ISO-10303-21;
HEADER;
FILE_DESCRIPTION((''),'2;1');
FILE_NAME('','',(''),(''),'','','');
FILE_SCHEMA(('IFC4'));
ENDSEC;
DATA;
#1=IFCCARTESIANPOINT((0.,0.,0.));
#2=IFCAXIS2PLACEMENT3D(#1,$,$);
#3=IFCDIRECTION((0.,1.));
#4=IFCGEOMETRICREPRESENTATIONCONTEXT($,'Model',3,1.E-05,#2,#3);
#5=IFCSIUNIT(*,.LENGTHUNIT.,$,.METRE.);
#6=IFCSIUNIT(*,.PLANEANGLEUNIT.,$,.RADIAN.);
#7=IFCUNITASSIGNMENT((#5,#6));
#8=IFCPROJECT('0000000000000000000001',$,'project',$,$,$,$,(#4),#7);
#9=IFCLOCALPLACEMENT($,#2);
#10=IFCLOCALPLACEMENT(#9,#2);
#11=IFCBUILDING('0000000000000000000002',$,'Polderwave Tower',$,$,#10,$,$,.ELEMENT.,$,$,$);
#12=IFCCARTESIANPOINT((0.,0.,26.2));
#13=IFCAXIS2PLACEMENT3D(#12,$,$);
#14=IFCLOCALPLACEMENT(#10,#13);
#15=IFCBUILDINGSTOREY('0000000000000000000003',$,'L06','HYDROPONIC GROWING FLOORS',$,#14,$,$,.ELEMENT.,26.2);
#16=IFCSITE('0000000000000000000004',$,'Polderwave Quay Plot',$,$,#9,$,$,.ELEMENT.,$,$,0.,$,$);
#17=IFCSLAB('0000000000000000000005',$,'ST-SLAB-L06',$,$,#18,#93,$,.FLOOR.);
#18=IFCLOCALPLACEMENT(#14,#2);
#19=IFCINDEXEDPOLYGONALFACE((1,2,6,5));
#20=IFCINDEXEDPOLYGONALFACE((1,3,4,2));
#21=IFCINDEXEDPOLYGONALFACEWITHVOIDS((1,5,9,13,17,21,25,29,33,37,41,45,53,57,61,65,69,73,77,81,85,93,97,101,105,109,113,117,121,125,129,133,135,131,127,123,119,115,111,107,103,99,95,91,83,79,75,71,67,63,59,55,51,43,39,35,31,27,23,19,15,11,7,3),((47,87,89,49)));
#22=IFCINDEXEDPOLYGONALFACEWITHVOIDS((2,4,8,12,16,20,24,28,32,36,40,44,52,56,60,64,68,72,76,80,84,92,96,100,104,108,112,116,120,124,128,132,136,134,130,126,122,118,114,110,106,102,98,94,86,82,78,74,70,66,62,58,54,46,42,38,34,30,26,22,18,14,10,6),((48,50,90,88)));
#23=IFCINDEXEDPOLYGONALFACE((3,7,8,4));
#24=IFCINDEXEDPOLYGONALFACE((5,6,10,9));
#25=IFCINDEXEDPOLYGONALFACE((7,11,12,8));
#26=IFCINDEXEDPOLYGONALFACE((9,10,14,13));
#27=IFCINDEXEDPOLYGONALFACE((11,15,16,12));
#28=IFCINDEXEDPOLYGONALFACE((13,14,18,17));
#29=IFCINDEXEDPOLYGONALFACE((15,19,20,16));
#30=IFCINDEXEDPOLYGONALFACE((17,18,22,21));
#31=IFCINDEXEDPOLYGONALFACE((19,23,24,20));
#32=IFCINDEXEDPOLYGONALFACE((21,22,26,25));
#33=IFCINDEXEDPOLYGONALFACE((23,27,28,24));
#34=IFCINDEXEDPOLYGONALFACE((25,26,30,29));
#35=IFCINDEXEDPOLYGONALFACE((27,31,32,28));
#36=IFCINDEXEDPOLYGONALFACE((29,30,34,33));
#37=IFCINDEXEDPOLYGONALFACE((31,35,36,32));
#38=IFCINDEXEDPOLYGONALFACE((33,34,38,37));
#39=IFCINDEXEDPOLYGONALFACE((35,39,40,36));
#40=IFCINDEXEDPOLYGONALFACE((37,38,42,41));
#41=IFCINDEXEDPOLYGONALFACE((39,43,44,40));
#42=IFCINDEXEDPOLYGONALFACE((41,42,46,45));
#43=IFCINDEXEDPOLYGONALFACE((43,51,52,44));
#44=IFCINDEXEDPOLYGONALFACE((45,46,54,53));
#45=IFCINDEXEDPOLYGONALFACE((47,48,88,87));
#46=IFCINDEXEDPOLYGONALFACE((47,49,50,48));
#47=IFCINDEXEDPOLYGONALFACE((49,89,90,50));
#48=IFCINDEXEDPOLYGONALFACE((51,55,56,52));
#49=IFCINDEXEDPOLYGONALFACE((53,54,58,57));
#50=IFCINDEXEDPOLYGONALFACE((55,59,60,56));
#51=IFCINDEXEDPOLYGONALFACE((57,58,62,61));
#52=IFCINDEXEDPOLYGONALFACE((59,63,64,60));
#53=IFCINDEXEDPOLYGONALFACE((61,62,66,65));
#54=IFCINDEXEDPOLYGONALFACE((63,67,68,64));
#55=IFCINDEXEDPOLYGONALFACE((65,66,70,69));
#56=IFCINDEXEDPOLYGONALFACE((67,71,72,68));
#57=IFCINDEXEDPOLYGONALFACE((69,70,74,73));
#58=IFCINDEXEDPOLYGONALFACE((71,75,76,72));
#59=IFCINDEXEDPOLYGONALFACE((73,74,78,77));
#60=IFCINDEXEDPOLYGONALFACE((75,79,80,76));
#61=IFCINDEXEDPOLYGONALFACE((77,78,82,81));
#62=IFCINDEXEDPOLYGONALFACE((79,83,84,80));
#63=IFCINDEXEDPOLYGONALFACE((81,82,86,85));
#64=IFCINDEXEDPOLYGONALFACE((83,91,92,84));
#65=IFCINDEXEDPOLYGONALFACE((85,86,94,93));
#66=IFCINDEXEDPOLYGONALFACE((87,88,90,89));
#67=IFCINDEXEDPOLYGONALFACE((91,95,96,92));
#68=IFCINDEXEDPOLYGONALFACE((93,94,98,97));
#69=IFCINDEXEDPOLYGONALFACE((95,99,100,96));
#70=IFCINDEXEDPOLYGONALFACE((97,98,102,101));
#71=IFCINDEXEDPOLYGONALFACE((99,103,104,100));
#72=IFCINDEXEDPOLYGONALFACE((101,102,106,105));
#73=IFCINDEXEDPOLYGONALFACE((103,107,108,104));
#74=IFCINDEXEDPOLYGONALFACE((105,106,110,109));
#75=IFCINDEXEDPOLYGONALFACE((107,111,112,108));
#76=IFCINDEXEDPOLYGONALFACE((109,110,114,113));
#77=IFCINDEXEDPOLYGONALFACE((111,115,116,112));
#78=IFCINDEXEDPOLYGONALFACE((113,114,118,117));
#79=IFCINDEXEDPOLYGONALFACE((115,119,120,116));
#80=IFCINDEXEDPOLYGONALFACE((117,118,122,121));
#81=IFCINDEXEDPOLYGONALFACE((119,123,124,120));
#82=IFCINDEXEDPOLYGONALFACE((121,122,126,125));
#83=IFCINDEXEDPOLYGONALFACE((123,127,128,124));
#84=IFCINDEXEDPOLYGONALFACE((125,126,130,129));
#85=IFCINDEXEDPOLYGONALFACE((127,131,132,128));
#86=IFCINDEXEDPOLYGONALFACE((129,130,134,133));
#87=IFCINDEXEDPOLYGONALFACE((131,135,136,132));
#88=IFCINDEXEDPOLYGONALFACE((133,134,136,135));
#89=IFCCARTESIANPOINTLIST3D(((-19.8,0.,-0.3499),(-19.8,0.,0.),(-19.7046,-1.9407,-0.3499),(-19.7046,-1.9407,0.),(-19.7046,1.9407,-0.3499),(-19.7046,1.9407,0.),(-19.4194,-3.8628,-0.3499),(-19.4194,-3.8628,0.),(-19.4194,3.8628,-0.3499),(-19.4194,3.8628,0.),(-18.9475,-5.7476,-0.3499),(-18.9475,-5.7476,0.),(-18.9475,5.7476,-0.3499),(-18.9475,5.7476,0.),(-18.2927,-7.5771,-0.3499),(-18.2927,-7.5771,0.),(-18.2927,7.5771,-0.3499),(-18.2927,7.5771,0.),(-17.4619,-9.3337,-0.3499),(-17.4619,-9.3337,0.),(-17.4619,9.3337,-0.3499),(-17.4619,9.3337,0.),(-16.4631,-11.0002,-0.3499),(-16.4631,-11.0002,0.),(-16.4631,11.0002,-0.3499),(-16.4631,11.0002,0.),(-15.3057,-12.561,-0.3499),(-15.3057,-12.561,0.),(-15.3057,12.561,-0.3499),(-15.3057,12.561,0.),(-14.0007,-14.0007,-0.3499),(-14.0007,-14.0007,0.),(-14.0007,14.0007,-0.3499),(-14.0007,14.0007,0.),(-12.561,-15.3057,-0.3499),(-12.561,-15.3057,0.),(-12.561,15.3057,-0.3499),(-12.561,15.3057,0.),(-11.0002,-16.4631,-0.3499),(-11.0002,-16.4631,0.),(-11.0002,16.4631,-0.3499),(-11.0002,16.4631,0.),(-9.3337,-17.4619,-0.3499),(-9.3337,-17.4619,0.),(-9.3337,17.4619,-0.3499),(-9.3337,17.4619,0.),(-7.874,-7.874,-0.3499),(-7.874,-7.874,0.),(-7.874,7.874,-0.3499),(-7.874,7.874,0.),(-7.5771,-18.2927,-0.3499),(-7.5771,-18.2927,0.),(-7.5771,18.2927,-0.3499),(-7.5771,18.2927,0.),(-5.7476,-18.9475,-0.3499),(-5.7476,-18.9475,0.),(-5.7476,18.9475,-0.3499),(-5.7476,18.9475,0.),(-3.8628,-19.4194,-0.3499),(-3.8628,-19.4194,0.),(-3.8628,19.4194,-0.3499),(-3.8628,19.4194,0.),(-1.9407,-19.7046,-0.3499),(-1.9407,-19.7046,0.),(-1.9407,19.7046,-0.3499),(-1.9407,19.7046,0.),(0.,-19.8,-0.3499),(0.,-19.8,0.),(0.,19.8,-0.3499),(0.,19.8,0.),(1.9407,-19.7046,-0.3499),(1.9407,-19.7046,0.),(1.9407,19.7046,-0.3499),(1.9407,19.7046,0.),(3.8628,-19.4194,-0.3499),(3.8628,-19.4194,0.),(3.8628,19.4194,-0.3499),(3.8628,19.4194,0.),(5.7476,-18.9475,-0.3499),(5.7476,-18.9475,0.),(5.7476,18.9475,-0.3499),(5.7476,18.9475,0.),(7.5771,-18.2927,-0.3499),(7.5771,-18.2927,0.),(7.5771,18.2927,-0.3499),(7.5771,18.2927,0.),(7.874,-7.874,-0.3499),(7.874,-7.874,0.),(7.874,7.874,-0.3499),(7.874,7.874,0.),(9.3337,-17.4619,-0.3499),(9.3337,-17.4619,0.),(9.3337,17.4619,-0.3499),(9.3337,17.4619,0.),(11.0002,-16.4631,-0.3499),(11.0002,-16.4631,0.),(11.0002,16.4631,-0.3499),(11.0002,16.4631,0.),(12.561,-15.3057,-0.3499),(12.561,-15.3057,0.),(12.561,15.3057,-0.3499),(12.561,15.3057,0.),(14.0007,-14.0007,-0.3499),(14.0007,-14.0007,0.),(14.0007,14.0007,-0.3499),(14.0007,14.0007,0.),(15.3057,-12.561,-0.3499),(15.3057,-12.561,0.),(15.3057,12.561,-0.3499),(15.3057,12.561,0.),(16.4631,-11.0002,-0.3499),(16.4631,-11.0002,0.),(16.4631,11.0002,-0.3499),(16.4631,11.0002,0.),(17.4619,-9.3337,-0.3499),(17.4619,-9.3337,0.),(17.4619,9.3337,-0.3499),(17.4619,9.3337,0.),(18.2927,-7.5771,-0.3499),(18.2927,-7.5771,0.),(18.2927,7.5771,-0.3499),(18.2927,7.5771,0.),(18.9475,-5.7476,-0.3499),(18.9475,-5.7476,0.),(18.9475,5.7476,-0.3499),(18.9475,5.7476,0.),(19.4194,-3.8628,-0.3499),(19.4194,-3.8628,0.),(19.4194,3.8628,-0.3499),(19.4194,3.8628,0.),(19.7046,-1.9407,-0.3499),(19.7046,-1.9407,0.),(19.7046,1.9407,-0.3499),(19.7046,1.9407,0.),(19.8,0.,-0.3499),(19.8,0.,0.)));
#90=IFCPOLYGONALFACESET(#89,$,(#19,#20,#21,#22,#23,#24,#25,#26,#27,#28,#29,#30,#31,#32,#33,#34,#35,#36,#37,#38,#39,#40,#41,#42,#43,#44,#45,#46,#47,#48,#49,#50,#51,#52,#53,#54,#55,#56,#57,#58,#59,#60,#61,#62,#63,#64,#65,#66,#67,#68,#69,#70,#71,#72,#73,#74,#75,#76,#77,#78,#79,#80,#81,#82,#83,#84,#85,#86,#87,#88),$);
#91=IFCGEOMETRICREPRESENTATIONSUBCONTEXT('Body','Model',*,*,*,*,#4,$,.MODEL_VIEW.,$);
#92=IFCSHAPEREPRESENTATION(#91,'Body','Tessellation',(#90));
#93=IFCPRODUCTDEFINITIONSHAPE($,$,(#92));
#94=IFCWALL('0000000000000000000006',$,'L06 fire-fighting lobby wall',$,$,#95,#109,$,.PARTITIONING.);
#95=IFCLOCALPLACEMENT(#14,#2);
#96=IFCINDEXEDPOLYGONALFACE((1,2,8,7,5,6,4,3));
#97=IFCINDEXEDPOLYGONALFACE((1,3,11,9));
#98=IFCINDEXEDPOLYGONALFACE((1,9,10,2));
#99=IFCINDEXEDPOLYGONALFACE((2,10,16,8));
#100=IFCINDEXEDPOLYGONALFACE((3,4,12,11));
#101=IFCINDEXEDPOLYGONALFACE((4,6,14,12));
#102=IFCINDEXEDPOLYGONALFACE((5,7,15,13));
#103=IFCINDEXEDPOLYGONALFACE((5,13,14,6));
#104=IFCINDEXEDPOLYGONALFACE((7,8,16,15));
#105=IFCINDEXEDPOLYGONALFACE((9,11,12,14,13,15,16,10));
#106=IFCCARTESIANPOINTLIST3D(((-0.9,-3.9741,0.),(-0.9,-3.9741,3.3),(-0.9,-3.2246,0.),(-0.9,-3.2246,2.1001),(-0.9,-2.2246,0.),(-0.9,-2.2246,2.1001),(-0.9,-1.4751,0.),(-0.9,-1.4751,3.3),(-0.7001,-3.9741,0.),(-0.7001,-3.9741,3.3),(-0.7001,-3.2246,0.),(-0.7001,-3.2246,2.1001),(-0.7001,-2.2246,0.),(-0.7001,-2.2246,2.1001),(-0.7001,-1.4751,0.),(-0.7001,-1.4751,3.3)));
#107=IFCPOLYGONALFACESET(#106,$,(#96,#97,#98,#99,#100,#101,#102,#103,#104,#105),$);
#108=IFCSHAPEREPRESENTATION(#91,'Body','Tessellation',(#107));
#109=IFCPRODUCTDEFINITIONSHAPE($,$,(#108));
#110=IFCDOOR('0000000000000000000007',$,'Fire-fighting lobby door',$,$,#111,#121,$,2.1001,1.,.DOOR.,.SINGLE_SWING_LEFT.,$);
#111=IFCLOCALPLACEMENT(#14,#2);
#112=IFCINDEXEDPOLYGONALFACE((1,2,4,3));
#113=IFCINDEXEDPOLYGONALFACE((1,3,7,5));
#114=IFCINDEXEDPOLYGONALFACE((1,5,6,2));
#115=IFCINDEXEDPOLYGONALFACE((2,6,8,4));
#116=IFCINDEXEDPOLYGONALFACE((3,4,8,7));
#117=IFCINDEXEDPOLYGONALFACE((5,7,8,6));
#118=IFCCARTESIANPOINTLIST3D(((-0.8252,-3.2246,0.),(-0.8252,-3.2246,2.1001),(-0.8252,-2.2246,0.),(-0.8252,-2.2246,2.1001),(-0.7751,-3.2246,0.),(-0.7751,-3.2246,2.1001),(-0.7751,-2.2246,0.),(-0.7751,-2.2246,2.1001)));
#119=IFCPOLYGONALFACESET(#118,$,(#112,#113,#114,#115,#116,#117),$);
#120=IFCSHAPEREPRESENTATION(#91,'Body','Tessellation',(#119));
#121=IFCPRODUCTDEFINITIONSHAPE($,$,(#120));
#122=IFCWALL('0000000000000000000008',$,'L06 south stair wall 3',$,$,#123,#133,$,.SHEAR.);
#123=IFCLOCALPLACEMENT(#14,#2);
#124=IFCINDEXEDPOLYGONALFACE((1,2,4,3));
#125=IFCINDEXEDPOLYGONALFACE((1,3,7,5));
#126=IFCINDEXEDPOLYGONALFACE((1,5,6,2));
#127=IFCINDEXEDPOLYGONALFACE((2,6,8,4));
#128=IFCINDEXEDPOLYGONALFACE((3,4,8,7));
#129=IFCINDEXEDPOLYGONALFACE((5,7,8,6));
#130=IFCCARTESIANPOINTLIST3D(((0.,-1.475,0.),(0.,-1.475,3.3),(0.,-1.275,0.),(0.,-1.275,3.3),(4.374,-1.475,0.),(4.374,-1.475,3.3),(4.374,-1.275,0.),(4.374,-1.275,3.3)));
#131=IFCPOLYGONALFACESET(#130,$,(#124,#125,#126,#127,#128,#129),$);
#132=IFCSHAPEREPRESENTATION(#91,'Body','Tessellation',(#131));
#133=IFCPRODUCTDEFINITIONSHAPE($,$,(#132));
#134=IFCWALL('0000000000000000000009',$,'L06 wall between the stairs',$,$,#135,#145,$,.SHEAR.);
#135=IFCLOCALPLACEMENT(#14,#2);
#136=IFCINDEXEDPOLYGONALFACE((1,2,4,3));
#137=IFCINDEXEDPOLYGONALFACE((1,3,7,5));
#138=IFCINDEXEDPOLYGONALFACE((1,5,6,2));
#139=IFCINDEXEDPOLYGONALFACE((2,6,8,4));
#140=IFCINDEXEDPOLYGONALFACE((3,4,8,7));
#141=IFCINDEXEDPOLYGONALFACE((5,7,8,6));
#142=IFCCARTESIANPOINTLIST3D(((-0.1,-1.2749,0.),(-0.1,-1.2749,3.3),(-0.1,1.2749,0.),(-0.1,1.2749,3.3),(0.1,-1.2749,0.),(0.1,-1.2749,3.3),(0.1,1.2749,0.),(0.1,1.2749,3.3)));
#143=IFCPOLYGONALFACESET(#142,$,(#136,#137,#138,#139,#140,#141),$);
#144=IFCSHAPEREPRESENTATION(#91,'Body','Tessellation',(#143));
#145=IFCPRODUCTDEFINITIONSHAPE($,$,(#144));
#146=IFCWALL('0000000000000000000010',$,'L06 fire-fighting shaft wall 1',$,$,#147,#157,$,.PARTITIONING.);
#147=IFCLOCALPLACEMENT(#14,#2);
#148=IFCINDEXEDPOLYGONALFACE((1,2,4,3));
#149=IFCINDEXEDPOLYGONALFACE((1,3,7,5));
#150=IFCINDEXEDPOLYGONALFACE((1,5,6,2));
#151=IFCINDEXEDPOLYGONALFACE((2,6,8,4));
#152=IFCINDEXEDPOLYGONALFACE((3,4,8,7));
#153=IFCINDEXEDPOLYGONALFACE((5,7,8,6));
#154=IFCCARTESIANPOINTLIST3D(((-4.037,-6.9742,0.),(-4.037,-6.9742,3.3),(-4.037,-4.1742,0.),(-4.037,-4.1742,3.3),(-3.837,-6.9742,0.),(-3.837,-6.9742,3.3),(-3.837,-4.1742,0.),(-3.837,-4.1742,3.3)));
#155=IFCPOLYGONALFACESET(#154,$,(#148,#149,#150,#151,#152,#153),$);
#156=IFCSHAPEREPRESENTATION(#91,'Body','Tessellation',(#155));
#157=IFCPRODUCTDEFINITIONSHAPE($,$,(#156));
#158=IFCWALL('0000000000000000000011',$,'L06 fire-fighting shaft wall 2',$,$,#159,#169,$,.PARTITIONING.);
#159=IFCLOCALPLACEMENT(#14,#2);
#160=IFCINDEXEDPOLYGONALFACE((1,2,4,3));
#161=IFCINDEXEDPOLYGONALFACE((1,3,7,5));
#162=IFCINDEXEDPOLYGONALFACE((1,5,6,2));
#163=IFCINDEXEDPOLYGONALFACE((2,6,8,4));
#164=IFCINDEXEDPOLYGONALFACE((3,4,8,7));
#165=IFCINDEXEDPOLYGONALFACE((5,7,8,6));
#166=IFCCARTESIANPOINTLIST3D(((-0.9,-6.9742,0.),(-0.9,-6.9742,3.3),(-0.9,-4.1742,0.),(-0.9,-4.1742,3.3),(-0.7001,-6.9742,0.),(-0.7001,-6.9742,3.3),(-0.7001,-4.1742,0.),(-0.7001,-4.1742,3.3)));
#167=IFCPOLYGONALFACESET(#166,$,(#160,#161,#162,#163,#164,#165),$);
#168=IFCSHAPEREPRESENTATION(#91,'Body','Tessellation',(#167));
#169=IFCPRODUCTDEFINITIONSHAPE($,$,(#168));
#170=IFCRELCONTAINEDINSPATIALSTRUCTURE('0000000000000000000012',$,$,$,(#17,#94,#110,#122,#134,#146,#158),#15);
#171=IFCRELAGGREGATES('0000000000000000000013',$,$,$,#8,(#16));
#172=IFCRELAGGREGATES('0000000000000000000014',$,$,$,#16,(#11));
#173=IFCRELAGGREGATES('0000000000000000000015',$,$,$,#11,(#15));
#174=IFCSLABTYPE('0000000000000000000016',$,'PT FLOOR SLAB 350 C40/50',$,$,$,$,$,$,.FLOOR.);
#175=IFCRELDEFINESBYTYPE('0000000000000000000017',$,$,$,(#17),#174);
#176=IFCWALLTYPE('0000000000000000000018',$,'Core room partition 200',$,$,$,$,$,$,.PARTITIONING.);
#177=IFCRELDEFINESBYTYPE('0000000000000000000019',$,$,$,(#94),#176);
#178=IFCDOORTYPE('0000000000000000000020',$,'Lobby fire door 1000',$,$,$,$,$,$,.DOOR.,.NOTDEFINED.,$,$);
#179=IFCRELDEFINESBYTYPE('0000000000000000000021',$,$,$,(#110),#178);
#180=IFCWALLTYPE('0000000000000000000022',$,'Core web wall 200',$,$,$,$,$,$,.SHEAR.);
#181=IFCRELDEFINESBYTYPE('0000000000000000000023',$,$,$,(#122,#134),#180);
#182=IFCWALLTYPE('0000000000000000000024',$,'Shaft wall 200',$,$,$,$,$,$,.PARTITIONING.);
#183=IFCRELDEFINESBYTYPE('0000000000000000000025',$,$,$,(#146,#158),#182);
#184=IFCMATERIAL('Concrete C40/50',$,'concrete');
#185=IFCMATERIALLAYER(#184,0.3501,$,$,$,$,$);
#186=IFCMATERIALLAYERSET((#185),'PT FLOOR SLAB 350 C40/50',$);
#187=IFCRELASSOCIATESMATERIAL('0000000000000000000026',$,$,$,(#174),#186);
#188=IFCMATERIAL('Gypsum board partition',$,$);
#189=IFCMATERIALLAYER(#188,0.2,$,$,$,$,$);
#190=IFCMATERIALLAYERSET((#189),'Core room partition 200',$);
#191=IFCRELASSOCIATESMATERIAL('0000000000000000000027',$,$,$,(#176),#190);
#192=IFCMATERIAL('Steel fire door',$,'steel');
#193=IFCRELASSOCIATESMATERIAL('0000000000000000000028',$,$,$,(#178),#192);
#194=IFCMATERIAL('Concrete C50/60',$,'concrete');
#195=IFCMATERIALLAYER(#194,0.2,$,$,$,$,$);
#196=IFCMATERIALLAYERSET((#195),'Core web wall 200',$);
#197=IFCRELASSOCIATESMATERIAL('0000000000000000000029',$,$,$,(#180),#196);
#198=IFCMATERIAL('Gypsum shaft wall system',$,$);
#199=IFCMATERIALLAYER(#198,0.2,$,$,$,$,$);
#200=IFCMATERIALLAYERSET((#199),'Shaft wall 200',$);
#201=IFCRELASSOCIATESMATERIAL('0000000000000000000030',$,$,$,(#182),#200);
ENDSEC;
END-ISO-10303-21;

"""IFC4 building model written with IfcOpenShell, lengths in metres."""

from ifc_helpers import new_model, si_unit, direction, frame, frame_2d, origin, place, context, subcontext, project, spatial, polyline, rectangle, outline, extrude, material, layer, layer_set, type_object, element, fill, save


model = new_model("IFC4")

# Units and contexts
model_context = context("Model", 3, precision=1e-05, world=origin(), true_north=direction((0.0, 1.0)))
body_context = subcontext(model_context, "Body", "Model", "MODEL_VIEW")
ifc_project = project(units=[si_unit("LENGTHUNIT", "METRE"), si_unit("PLANEANGLEUNIT", "RADIAN")], contexts=[model_context])

# Site, building, storey
site_placement = place(None, origin())
site = spatial("IfcSite", under=ifc_project, at=site_placement, Name="Polderwave Quay Plot", CompositionType="ELEMENT", RefElevation=0.0)
building_placement = place(site_placement, origin())
building = spatial("IfcBuilding", under=site, at=building_placement, Name="Polderwave Tower", CompositionType="ELEMENT")
storey_placement = place(building_placement, frame((0.0, 0.0, 26.2)))
storey = spatial("IfcBuildingStorey", under=building, at=storey_placement, Name="L06", Description="HYDROPONIC GROWING FLOORS", CompositionType="ELEMENT", Elevation=26.2)

# Slab
ifc_material_1 = material(Name="Concrete C40/50", Category="concrete")
ifc_layer_1 = layer(ifc_material_1, 0.3501)
ifc_layer_set_1 = layer_set([ifc_layer_1], Name="PT FLOOR SLAB 350 C40/50")
slab_type = type_object("IfcSlabType", Name="PT FLOOR SLAB 350 C40/50", PredefinedType="FLOOR", material=ifc_layer_set_1)
slab_placement = place(storey_placement, frame((0.0, 0.0, -0.3499)))
element("IfcSlab", 1, at=slab_placement, inside=storey, type_object=slab_type, Name="ST-SLAB-L06", PredefinedType="FLOOR", context=body_context, shape_type="SweptSolid", body=[
    extrude(outline(polyline([(19.8, 0.0), (19.7046, 1.9407), (19.4194, 3.8628), (18.9475, 5.7476), (18.2927, 7.5771), (17.4619, 9.3337), (16.4631, 11.0002), (15.3057, 12.561), (14.0007, 14.0007), (12.561, 15.3057), (11.0002, 16.4631), (9.3337, 17.4619), (7.5771, 18.2927), (5.7476, 18.9475), (3.8628, 19.4194), (1.9407, 19.7046), (0.0, 19.8), (-1.9407, 19.7046), (-3.8628, 19.4194), (-5.7476, 18.9475), (-7.5771, 18.2927), (-9.3337, 17.4619), (-11.0002, 16.4631), (-12.561, 15.3057), (-14.0007, 14.0007), (-15.3057, 12.561), (-16.4631, 11.0002), (-17.4619, 9.3337), (-18.2927, 7.5771), (-18.9475, 5.7476), (-19.4194, 3.8628), (-19.7046, 1.9407), (-19.8, 0.0), (-19.7046, -1.9407), (-19.4194, -3.8628), (-18.9475, -5.7476), (-18.2927, -7.5771), (-17.4619, -9.3337), (-16.4631, -11.0002), (-15.3057, -12.561), (-14.0007, -14.0007), (-12.561, -15.3057), (-11.0002, -16.4631), (-9.3337, -17.4619), (-7.5771, -18.2927), (-5.7476, -18.9475), (-3.8628, -19.4194), (-1.9407, -19.7046), (0.0, -19.8), (1.9407, -19.7046), (3.8628, -19.4194), (5.7476, -18.9475), (7.5771, -18.2927), (9.3337, -17.4619), (11.0002, -16.4631), (12.561, -15.3057), (14.0007, -14.0007), (15.3057, -12.561), (16.4631, -11.0002), (17.4619, -9.3337), (18.2927, -7.5771), (18.9475, -5.7476), (19.4194, -3.8628), (19.7046, -1.9407), (19.8, 0.0)]), holes=[polyline([(-7.874, -7.874), (7.874, -7.874), (7.874, 7.874), (-7.874, 7.874), (-7.874, -7.874)])]), origin(), (0.0, 0.0, 1.0), 0.3499),
])

# Wall, opening, door
ifc_material_2 = material(Name="Gypsum board partition")
ifc_layer_2 = layer(ifc_material_2, 0.2)
ifc_layer_set_2 = layer_set([ifc_layer_2], Name="Core room partition 200")
wall_type_1 = type_object("IfcWallType", Name="Core room partition 200", PredefinedType="PARTITIONING", material=ifc_layer_set_2)
wall_1_placement = place(storey_placement, frame((-0.8, -3.9741, 0.0), z_axis=(0.0, 0.0, 1.0), x_axis=(0.0, 1.0, 0.0)))
wall_1 = element("IfcWall", 2, at=wall_1_placement, inside=storey, type_object=wall_type_1, Name="L06 fire-fighting lobby wall", PredefinedType="PARTITIONING", context=body_context, shape_type="SweptSolid", body=[
    extrude(rectangle(XDim=2.499, YDim=0.2, at=frame_2d((1.2495, 0.0))), origin(), (0.0, 0.0, 1.0), 3.3),
])
opening_placement = place(wall_1_placement, frame((0.7495, 0.0, 0.0)))
opening = element("IfcOpeningElement", 3, at=opening_placement, cuts=wall_1, PredefinedType="OPENING", context=body_context, shape_type="SweptSolid", body=[
    extrude(rectangle(XDim=1.0, YDim=2.1001, at=frame_2d((0.5, 1.05))), frame((0.0, 0.1099, 0.0), z_axis=(0.0, -1.0, 0.0), x_axis=(1.0, 0.0, 0.0)), (0.0, 0.0, 1.0), 0.22),
])
ifc_material_3 = material(Name="Steel fire door", Category="steel")
door_type = type_object("IfcDoorType", Name="Lobby fire door 1000", OperationType="NOTDEFINED", PredefinedType="DOOR", material=ifc_material_3)
door_placement = place(opening_placement, frame((1.0, 0.0, 0.0), z_axis=(0.0, 0.0, 1.0), x_axis=(-1.0, 0.0, 0.0)))
door = element("IfcDoor", 4, at=door_placement, inside=storey, type_object=door_type, Name="Fire-fighting lobby door", OperationType="SINGLE_SWING_LEFT", OverallHeight=2.1001, OverallWidth=1.0, PredefinedType="DOOR", context=body_context, shape_type="SweptSolid", body=[
    extrude(rectangle(XDim=1.0, YDim=2.1001, at=frame_2d((0.5, 1.05))), frame((0.0, 0.0249, 0.0), z_axis=(0.0, -1.0, 0.0), x_axis=(1.0, 0.0, 0.0)), (0.0, 0.0, 1.0), 0.05),
])
fill(opening, door)

# Walls
ifc_material_4 = material(Name="Concrete C50/60", Category="concrete")
ifc_layer_3 = layer(ifc_material_4, 0.2)
ifc_layer_set_3 = layer_set([ifc_layer_3], Name="Core web wall 200")
wall_type_2 = type_object("IfcWallType", Name="Core web wall 200", PredefinedType="SHEAR", material=ifc_layer_set_3)
wall_2_placement = place(storey_placement, frame((0.0, -1.375, 0.0), z_axis=(0.0, 0.0, 1.0), x_axis=(1.0, 0.0, 0.0)))
element("IfcWall", 5, at=wall_2_placement, inside=storey, type_object=wall_type_2, Name="L06 south stair wall 3", PredefinedType="SHEAR", context=body_context, shape_type="SweptSolid", body=[
    extrude(rectangle(XDim=4.374, YDim=0.2, at=frame_2d((2.187, 0.0))), origin(), (0.0, 0.0, 1.0), 3.3),
])
wall_3_placement = place(storey_placement, frame((0.0, -1.2749, 0.0), z_axis=(0.0, 0.0, 1.0), x_axis=(0.0, 1.0, 0.0)))
element("IfcWall", 6, at=wall_3_placement, inside=storey, type_object=wall_type_2, Name="L06 wall between the stairs", PredefinedType="SHEAR", context=body_context, shape_type="SweptSolid", body=[
    extrude(rectangle(XDim=2.5498, YDim=0.2, at=frame_2d((1.2749, 0.0))), origin(), (0.0, 0.0, 1.0), 3.3),
])
ifc_material_5 = material(Name="Gypsum shaft wall system")
ifc_layer_4 = layer(ifc_material_5, 0.2)
ifc_layer_set_4 = layer_set([ifc_layer_4], Name="Shaft wall 200")
wall_type_3 = type_object("IfcWallType", Name="Shaft wall 200", PredefinedType="PARTITIONING", material=ifc_layer_set_4)
for number, where, z_axis, x_axis, name in (
    (7, (-3.937, -6.9741, 0.0), (0.0, 0.0, 1.0), (0.0, 1.0, 0.0), "L06 fire-fighting shaft wall 1"),
    (8, (-0.8, -6.9741, 0.0), (0.0, 0.0, 1.0), (0.0, 1.0, 0.0), "L06 fire-fighting shaft wall 2"),
):
    element("IfcWall", number, at=place(storey_placement, frame(where, z_axis=z_axis, x_axis=x_axis)), inside=storey, type_object=wall_type_3, Name=name, PredefinedType="PARTITIONING", context=body_context, shape_type="SweptSolid", body=[
        extrude(rectangle(XDim=2.8, YDim=0.2, at=frame_2d((1.3999, 0.0))), origin(), (0.0, 0.0, 1.0), 3.3),
    ])

save(model, "model.ifc")
